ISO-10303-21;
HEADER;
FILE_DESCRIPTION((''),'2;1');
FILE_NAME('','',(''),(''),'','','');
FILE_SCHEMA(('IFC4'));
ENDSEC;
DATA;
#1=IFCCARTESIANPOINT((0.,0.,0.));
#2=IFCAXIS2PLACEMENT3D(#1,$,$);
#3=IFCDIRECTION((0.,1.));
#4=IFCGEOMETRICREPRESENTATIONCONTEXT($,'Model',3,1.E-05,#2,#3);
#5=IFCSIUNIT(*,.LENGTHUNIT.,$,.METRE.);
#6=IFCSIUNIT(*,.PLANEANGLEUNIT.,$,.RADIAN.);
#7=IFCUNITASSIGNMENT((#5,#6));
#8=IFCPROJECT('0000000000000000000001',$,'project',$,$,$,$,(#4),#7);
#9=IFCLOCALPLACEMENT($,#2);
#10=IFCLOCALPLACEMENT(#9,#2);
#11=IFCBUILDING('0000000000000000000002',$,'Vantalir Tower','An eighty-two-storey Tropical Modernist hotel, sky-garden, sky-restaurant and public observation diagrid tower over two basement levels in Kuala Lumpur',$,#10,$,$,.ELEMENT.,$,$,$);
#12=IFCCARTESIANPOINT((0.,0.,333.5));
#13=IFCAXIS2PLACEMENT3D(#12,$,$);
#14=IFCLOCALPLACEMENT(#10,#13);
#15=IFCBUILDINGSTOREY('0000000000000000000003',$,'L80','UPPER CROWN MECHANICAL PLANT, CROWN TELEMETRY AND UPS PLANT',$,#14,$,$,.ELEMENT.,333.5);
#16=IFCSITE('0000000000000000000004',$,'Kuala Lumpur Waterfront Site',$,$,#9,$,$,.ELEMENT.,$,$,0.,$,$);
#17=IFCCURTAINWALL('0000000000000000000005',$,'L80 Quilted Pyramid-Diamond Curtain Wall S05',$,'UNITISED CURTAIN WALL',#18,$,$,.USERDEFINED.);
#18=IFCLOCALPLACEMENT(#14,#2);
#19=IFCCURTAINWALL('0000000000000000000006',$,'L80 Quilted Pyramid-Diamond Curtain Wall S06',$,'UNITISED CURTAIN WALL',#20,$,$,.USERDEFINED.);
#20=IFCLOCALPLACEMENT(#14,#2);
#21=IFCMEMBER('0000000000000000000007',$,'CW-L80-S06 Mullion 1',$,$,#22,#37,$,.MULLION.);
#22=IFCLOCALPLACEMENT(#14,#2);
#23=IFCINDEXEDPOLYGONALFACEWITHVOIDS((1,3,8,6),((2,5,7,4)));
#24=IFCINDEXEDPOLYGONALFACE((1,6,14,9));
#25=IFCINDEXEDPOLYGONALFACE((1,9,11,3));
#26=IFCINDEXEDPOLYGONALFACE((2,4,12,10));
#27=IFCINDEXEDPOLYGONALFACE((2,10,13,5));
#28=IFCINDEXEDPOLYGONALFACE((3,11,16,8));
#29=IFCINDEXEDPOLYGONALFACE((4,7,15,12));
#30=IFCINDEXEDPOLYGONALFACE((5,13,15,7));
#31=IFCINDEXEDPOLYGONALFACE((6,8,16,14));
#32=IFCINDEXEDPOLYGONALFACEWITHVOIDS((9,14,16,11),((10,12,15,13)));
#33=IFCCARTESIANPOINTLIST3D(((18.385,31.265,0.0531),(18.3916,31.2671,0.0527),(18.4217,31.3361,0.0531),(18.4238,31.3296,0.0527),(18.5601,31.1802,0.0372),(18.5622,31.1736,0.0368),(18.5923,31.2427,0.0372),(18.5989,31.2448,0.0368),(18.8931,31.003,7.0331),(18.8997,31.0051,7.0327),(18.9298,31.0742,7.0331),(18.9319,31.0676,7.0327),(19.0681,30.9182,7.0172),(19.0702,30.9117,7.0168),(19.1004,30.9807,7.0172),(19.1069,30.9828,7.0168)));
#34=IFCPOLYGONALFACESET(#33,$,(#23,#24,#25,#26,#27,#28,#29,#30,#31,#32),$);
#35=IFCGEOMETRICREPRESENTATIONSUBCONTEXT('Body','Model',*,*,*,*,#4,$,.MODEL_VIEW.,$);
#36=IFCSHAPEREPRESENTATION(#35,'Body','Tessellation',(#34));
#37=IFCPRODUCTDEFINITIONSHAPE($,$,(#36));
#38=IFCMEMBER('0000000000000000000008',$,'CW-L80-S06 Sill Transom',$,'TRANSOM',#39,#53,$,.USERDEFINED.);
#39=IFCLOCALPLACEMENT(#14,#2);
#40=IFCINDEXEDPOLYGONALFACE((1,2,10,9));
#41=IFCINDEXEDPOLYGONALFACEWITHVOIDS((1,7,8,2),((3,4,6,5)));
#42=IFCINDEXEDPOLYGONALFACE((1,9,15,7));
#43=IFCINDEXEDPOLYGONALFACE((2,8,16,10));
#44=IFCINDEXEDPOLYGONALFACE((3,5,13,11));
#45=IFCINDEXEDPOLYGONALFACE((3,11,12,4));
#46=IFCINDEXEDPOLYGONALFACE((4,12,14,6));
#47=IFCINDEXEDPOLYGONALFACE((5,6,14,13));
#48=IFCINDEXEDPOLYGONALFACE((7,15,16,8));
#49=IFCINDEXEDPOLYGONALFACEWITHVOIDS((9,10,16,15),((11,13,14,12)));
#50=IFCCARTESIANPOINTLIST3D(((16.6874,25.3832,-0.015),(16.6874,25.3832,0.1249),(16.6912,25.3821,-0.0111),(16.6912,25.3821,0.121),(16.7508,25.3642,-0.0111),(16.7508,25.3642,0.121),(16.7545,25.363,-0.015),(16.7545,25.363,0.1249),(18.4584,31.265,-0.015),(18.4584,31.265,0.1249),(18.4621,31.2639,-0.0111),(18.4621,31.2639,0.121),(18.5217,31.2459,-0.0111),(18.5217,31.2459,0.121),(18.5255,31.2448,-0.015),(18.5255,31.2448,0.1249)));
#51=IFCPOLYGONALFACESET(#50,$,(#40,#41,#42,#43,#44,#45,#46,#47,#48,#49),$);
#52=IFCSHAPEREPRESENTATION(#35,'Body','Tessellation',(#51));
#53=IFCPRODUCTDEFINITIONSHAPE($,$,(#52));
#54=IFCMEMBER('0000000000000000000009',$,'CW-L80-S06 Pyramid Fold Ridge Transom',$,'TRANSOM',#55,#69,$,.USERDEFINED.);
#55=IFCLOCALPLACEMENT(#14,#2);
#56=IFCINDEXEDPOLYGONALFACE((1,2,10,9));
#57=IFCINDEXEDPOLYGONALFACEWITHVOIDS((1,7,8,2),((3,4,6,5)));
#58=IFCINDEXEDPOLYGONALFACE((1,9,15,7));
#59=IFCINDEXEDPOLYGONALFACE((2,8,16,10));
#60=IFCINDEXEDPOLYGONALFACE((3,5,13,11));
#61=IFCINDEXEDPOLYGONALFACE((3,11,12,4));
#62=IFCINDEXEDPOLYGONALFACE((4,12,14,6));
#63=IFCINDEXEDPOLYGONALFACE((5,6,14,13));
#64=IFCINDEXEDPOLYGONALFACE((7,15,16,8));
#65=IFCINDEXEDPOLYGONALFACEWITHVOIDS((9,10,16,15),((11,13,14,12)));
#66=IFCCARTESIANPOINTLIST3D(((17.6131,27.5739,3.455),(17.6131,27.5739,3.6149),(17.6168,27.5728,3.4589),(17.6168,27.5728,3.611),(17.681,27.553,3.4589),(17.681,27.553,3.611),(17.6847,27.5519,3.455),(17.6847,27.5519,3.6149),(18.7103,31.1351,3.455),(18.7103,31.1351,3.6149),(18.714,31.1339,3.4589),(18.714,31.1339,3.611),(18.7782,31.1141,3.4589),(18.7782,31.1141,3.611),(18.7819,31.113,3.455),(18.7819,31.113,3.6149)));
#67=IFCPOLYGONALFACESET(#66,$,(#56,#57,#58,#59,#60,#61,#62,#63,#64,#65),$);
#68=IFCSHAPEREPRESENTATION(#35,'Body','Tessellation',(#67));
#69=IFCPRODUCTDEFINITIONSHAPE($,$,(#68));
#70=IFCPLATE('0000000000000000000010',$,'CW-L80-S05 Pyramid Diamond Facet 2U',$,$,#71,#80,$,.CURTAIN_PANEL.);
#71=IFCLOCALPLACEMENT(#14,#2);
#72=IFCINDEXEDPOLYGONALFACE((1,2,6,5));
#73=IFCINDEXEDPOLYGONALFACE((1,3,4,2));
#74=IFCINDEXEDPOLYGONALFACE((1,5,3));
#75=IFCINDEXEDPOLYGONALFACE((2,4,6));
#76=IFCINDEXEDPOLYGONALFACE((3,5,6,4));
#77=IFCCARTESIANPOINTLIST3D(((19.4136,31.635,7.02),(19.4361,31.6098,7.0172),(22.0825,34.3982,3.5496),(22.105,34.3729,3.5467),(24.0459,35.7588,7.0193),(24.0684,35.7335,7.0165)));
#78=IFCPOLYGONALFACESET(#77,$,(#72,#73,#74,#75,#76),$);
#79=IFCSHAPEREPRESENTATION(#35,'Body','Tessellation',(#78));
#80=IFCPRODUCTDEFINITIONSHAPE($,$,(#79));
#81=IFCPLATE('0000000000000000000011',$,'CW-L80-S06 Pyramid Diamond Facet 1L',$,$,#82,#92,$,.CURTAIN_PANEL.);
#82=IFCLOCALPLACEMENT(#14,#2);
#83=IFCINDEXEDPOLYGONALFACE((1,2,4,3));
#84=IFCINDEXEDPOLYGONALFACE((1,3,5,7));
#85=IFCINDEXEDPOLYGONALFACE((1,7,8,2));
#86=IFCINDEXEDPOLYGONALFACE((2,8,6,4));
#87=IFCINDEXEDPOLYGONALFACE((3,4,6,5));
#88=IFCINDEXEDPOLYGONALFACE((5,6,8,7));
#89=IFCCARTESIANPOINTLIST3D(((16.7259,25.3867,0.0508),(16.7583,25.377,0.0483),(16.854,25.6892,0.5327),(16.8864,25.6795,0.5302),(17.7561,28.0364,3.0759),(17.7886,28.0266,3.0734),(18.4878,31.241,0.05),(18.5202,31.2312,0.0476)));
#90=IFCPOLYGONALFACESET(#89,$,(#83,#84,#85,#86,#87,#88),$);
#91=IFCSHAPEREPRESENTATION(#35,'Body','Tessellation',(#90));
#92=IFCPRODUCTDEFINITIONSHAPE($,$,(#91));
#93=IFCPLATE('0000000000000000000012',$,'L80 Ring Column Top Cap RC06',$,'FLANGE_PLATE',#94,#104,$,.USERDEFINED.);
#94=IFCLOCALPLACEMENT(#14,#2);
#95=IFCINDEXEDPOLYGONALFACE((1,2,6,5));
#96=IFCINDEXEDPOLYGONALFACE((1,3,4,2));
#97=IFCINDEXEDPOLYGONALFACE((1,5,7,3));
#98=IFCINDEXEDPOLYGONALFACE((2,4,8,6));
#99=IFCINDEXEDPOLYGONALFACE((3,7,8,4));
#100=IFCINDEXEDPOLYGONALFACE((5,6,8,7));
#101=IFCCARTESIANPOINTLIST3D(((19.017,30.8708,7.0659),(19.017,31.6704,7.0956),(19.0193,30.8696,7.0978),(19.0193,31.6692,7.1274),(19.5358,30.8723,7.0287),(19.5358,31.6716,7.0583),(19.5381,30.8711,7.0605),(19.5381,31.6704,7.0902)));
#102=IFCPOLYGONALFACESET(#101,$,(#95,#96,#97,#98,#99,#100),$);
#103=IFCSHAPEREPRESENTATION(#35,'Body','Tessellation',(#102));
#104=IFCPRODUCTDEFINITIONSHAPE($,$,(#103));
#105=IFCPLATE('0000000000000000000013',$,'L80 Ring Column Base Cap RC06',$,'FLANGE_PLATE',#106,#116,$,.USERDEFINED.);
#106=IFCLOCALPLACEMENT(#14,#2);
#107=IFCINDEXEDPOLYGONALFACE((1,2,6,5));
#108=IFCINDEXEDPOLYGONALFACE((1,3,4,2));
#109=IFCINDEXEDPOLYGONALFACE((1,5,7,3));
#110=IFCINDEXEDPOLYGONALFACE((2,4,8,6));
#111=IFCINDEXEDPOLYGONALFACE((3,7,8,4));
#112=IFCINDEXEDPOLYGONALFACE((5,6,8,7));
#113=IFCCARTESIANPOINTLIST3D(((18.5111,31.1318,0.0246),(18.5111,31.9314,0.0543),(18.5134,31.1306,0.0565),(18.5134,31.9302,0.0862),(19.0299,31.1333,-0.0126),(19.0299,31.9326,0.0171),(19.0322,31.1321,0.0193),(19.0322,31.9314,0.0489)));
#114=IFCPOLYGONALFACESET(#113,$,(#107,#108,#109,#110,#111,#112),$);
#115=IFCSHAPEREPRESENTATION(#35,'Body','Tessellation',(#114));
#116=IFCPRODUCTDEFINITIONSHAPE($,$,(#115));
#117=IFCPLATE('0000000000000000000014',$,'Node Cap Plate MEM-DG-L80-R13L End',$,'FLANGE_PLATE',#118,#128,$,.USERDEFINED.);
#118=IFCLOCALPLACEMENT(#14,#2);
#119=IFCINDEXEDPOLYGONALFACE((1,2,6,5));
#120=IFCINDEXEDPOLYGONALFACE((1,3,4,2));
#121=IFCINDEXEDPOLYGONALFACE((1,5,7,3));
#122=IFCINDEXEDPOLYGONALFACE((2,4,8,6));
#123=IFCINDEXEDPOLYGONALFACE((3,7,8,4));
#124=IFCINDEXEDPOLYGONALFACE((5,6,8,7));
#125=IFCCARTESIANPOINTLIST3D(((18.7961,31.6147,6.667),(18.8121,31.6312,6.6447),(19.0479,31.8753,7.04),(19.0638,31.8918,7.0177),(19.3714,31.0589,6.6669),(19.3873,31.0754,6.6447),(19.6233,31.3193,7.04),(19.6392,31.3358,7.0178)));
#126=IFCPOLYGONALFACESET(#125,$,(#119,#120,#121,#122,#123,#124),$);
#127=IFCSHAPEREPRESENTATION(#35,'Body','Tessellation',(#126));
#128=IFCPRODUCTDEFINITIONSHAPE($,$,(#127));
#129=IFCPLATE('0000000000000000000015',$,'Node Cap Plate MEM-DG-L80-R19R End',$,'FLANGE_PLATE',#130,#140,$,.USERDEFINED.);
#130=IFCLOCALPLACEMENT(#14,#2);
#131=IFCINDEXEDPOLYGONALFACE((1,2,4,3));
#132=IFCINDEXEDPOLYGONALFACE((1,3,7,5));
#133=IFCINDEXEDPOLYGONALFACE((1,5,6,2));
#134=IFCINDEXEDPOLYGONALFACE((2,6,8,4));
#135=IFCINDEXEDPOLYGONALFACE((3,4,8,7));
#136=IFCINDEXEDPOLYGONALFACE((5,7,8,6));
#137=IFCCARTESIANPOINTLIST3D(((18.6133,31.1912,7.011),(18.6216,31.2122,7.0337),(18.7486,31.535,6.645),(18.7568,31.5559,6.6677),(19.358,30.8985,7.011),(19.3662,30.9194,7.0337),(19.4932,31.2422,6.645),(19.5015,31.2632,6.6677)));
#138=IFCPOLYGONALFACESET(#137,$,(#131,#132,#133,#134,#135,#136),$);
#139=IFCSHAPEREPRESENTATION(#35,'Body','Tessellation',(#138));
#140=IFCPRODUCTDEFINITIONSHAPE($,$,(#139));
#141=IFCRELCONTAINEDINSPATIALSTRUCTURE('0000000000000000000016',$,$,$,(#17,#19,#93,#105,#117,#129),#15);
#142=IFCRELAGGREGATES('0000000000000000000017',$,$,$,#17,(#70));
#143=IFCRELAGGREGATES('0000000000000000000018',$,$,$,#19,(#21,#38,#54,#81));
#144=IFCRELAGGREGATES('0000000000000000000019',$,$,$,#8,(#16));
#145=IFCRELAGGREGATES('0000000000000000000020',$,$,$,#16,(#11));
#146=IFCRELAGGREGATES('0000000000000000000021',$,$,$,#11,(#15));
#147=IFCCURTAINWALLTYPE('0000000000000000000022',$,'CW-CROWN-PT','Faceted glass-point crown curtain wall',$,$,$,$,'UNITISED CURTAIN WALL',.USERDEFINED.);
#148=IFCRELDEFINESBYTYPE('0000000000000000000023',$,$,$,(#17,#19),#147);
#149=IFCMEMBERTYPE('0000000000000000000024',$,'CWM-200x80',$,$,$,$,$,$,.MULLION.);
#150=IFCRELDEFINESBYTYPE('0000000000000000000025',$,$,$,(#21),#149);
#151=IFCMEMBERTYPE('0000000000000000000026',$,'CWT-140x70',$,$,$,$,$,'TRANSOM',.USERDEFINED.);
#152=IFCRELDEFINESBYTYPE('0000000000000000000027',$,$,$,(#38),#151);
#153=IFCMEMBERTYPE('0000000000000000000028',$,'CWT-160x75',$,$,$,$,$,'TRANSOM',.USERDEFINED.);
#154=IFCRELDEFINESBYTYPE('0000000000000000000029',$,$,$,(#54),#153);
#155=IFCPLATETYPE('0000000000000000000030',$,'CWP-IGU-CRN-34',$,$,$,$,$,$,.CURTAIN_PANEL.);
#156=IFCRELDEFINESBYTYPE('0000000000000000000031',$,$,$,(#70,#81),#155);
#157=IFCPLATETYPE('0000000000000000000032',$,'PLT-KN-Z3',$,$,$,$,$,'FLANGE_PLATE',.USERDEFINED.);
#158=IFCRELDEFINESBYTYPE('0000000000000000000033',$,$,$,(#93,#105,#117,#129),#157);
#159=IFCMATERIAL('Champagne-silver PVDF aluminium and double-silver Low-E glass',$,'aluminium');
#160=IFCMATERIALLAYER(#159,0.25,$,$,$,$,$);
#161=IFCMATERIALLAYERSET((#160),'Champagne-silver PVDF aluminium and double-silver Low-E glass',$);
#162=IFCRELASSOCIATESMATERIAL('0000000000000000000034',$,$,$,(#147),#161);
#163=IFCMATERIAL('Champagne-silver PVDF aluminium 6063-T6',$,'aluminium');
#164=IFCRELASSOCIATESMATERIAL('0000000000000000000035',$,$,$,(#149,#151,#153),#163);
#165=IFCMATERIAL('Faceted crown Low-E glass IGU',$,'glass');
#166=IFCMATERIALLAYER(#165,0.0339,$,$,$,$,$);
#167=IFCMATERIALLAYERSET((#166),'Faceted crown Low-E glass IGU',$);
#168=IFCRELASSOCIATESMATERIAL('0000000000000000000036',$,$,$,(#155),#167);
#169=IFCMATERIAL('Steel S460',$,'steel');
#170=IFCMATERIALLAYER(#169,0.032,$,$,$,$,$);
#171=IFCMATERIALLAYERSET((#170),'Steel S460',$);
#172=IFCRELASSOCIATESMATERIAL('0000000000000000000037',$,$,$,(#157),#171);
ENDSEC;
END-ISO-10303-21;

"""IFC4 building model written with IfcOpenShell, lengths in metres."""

from ifc_helpers import new_model, si_unit, direction, frame, origin, origin_2d, place, context, subcontext, project, spatial, polyline, hollow_rectangle, outline, extrude, material, layer, layer_set, material_profile, profile_set, type_object, element, aggregate, save


model = new_model("IFC4")

# Units and contexts
model_context = context("Model", 3, precision=1e-05, world=origin(), true_north=direction((0.0, 1.0)))
body_context = subcontext(model_context, "Body", "Model", "MODEL_VIEW")
ifc_project = project(units=[si_unit("LENGTHUNIT", "METRE"), si_unit("PLANEANGLEUNIT", "RADIAN")], contexts=[model_context])

# Site, building, storey
site_placement = place(None, origin())
site = spatial("IfcSite", under=ifc_project, at=site_placement, Name="Kuala Lumpur Waterfront Site", CompositionType="ELEMENT", RefElevation=0.0)
building_placement = place(site_placement, origin())
building = spatial("IfcBuilding", under=site, at=building_placement, Name="Vantalir Tower", Description="An eighty-two-storey Tropical Modernist hotel, sky-garden, sky-restaurant and public observation diagrid tower over two basement levels in Kuala Lumpur", CompositionType="ELEMENT")
storey_placement = place(building_placement, frame((0.0, 0.0, 333.5)))
storey = spatial("IfcBuildingStorey", under=building, at=storey_placement, Name="L80", Description="UPPER CROWN MECHANICAL PLANT, CROWN TELEMETRY AND UPS PLANT", CompositionType="ELEMENT", Elevation=333.5)

# Shared definitions
ifc_material_1 = material(Name="Steel S460", Category="steel")

# Curtain wall
ifc_material_2 = material(Name="Champagne-silver PVDF aluminium and double-silver Low-E glass", Category="aluminium")
ifc_layer_1 = layer(ifc_material_2, 0.25)
ifc_layer_set_1 = layer_set([ifc_layer_1], Name="Champagne-silver PVDF aluminium and double-silver Low-E glass")
curtain_wall_type = type_object("IfcCurtainWallType", Name="CW-CROWN-PT", Description="Faceted glass-point crown curtain wall", ElementType="UNITISED CURTAIN WALL", PredefinedType="USERDEFINED", material=ifc_layer_set_1)
curtain_wall_1_placement = place(storey_placement, origin())
curtain_wall_1 = element("IfcCurtainWall", 1, at=curtain_wall_1_placement, inside=storey, type_object=curtain_wall_type, Name="L80 Quilted Pyramid-Diamond Curtain Wall S05", ObjectType="UNITISED CURTAIN WALL", PredefinedType="USERDEFINED")
ifc_material_3 = material(Name="Champagne-silver PVDF aluminium 6063-T6", Category="aluminium")
ifc_material_profile_1 = material_profile(ifc_material_3, hollow_rectangle(XDim=0.0801, YDim=0.2, WallThickness=0.0049, at=origin_2d()), Name="Champagne-silver PVDF aluminium 6063-T6")
ifc_profile_set_1 = profile_set([ifc_material_profile_1], Name="Champagne-silver PVDF aluminium 6063-T6")
member_type_1 = type_object("IfcMemberType", Name="CWM-200x80", PredefinedType="MULLION", material=ifc_profile_set_1)

# Curtain wall, members
curtain_wall_2_placement = place(storey_placement, origin())
curtain_wall_2 = element("IfcCurtainWall", 2, at=curtain_wall_2_placement, inside=storey, type_object=curtain_wall_type, Name="L80 Quilted Pyramid-Diamond Curtain Wall S06", ObjectType="UNITISED CURTAIN WALL", PredefinedType="USERDEFINED")
member_1_placement = place(storey_placement, frame((18.4919, 31.2549, 0.0449), z_axis=(0.072545, -0.037405, 0.996663), x_axis=(0.458284, 0.888806, 0.0)))
member_1 = element("IfcMember", 3, at=member_1_placement, type_object=member_type_1, Name="CW-L80-S06 Mullion 1", PredefinedType="MULLION", context=body_context, shape_type="SweptSolid", body=[
    extrude(hollow_rectangle(XDim=0.0801, YDim=0.2, WallThickness=0.0049, at=origin_2d()), origin(), (0.0, 0.0, 1.0), 7.0034),
])
ifc_material_profile_2 = material_profile(ifc_material_3, hollow_rectangle(XDim=0.0701, YDim=0.1399, WallThickness=0.0039, at=origin_2d()), Name="Champagne-silver PVDF aluminium 6063-T6")
ifc_profile_set_2 = profile_set([ifc_material_profile_2], Name="Champagne-silver PVDF aluminium 6063-T6")
member_type_2 = type_object("IfcMemberType", Name="CWT-140x70", ElementType="TRANSOM", PredefinedType="USERDEFINED", material=ifc_profile_set_2)
member_2_placement = place(storey_placement, frame((18.4919, 31.2549, 0.0549), z_axis=(-0.28831, -0.957537, 0.0), x_axis=(0.957537, -0.28831, 0.0)))
member_2 = element("IfcMember", 4, at=member_2_placement, type_object=member_type_2, Name="CW-L80-S06 Sill Transom", ObjectType="TRANSOM", PredefinedType="USERDEFINED", context=body_context, shape_type="SweptSolid", body=[
    extrude(hollow_rectangle(XDim=0.0701, YDim=0.1399, WallThickness=0.0039, at=origin_2d()), origin(), (0.0, 0.0, 1.0), 6.1426),
])
ifc_material_profile_3 = material_profile(ifc_material_3, hollow_rectangle(XDim=0.075, YDim=0.1599, WallThickness=0.0039, at=origin_2d()), Name="Champagne-silver PVDF aluminium 6063-T6")
ifc_profile_set_3 = profile_set([ifc_material_profile_3], Name="Champagne-silver PVDF aluminium 6063-T6")
member_type_3 = type_object("IfcMemberType", Name="CWT-160x75", ElementType="TRANSOM", PredefinedType="USERDEFINED", material=ifc_profile_set_3)
member_3_placement = place(storey_placement, frame((18.7461, 31.124, 3.5349), z_axis=(-0.294445, -0.955668, 0.0), x_axis=(0.955668, -0.294445, 0.0)))
member_3 = element("IfcMember", 5, at=member_3_placement, type_object=member_type_3, Name="CW-L80-S06 Pyramid Fold Ridge Transom", ObjectType="TRANSOM", PredefinedType="USERDEFINED", context=body_context, shape_type="SweptSolid", body=[
    extrude(hollow_rectangle(XDim=0.075, YDim=0.1599, WallThickness=0.0039, at=origin_2d()), origin(), (0.0, 0.0, 1.0), 3.7263),
])

# Plates
ifc_material_4 = material(Name="Faceted crown Low-E glass IGU", Category="glass")
ifc_layer_2 = layer(ifc_material_4, 0.0339)
ifc_layer_set_2 = layer_set([ifc_layer_2], Name="Faceted crown Low-E glass IGU")
plate_type_1 = type_object("IfcPlateType", Name="CWP-IGU-CRN-34", PredefinedType="CURTAIN_PANEL", material=ifc_layer_set_2)
plate_1_placement = place(storey_placement, frame((19.4136, 31.635, 7.02), z_axis=(-0.662613, 0.744341, 0.083065), x_axis=(0.746916, 0.664918, -0.000118)))
plate_1 = element("IfcPlate", 6, at=plate_1_placement, type_object=plate_type_1, Name="CW-L80-S05 Pyramid Diamond Facet 2U", PredefinedType="CURTAIN_PANEL", context=body_context, shape_type="SweptSolid", body=[
    extrude(outline(polyline([(0.0, 0.0), (6.2019, 0.0), (3.8312, 3.482), (0.0, 0.0)])), origin(), (0.0, 0.0, -1.0), 0.0339),
])
aggregate(curtain_wall_1, [plate_1])
plate_2_placement = place(storey_placement, frame((18.4878, 31.241, 0.05), z_axis=(-0.95498, 0.287424, 0.073489), x_axis=(-0.288195, -0.957572, 0.000119)))
plate_2 = element("IfcPlate", 7, at=plate_2_placement, type_object=plate_type_1, Name="CW-L80-S06 Pyramid Diamond Facet 1L", PredefinedType="CURTAIN_PANEL", context=body_context, shape_type="SweptSolid", body=[
    extrude(outline(polyline([(0.0, 0.0), (6.1137, 0.0), (5.7871, 0.4833), (3.2799, 3.0337), (0.0, 0.0)])), origin(), (0.0, 0.0, -1.0), 0.0339),
])
aggregate(curtain_wall_2, [member_1, member_2, member_3, plate_2])

# Plates
ifc_layer_3 = layer(ifc_material_1, 0.032)
ifc_layer_set_3 = layer_set([ifc_layer_3], Name="Steel S460")
plate_type_2 = type_object("IfcPlateType", Name="PLT-KN-Z3", ElementType="FLANGE_PLATE", PredefinedType="USERDEFINED", material=ifc_layer_set_3)
plate_3_placement = place(storey_placement, frame((19.0193, 31.6692, 7.1274), z_axis=(0.071627, -0.036984, 0.996746), x_axis=(0.00001, -0.999312, -0.03708)))
element("IfcPlate", 8, at=plate_3_placement, inside=storey, type_object=plate_type_2, Name="L80 Ring Column Top Cap RC06", ObjectType="FLANGE_PLATE", PredefinedType="USERDEFINED", context=body_context, shape_type="SweptSolid", body=[
    extrude(outline(polyline([(0.0, 0.0), (0.8001, 0.0), (0.8, 0.5201), (0.0002, 0.5201), (0.0, 0.0)])), origin(), (0.0, 0.0, -1.0), 0.032),
])
plate_4_placement = place(storey_placement, frame((18.5134, 31.9302, 0.0862), z_axis=(0.071627, -0.036984, 0.996746), x_axis=(-0.000011, -0.999312, -0.037079)))
element("IfcPlate", 9, at=plate_4_placement, inside=storey, type_object=plate_type_2, Name="L80 Ring Column Base Cap RC06", ObjectType="FLANGE_PLATE", PredefinedType="USERDEFINED", context=body_context, shape_type="SweptSolid", body=[
    extrude(outline(polyline([(0.0, 0.0), (0.8001, 0.0), (0.8, 0.5201), (0.0002, 0.5201), (0.0, 0.0)])), origin(), (0.0, 0.0, -1.0), 0.032),
])
plate_5_placement = place(storey_placement, frame((18.7961, 31.6147, 6.667), z_axis=(-0.498461, -0.515864, 0.696721), x_axis=(0.719097, -0.694909, -0.000053)))
element("IfcPlate", 10, at=plate_5_placement, inside=storey, type_object=plate_type_2, Name="Node Cap Plate MEM-DG-L80-R13L End", ObjectType="FLANGE_PLATE", PredefinedType="USERDEFINED", context=body_context, shape_type="SweptSolid", body=[
    extrude(outline(polyline([(0.0, 0.0), (0.7999, 0.0), (0.8001, 0.5201), (0.0, 0.52), (0.0, 0.0)])), origin(), (0.0, 0.0, -1.0), 0.032),
])
plate_6_placement = place(storey_placement, frame((19.5015, 31.2632, 6.6677), z_axis=(0.257491, 0.655002, 0.710402), x_axis=(-0.93067, 0.36586, 0.0)))
element("IfcPlate", 11, at=plate_6_placement, inside=storey, type_object=plate_type_2, Name="Node Cap Plate MEM-DG-L80-R19R End", ObjectType="FLANGE_PLATE", PredefinedType="USERDEFINED", context=body_context, shape_type="SweptSolid", body=[
    extrude(outline(polyline([(0.0, 0.0), (0.8001, 0.0), (0.8002, 0.52), (0.0001, 0.52), (0.0, 0.0)])), origin(), (0.0, 0.0, -1.0), 0.032),
])

save(model, "model.ifc")
